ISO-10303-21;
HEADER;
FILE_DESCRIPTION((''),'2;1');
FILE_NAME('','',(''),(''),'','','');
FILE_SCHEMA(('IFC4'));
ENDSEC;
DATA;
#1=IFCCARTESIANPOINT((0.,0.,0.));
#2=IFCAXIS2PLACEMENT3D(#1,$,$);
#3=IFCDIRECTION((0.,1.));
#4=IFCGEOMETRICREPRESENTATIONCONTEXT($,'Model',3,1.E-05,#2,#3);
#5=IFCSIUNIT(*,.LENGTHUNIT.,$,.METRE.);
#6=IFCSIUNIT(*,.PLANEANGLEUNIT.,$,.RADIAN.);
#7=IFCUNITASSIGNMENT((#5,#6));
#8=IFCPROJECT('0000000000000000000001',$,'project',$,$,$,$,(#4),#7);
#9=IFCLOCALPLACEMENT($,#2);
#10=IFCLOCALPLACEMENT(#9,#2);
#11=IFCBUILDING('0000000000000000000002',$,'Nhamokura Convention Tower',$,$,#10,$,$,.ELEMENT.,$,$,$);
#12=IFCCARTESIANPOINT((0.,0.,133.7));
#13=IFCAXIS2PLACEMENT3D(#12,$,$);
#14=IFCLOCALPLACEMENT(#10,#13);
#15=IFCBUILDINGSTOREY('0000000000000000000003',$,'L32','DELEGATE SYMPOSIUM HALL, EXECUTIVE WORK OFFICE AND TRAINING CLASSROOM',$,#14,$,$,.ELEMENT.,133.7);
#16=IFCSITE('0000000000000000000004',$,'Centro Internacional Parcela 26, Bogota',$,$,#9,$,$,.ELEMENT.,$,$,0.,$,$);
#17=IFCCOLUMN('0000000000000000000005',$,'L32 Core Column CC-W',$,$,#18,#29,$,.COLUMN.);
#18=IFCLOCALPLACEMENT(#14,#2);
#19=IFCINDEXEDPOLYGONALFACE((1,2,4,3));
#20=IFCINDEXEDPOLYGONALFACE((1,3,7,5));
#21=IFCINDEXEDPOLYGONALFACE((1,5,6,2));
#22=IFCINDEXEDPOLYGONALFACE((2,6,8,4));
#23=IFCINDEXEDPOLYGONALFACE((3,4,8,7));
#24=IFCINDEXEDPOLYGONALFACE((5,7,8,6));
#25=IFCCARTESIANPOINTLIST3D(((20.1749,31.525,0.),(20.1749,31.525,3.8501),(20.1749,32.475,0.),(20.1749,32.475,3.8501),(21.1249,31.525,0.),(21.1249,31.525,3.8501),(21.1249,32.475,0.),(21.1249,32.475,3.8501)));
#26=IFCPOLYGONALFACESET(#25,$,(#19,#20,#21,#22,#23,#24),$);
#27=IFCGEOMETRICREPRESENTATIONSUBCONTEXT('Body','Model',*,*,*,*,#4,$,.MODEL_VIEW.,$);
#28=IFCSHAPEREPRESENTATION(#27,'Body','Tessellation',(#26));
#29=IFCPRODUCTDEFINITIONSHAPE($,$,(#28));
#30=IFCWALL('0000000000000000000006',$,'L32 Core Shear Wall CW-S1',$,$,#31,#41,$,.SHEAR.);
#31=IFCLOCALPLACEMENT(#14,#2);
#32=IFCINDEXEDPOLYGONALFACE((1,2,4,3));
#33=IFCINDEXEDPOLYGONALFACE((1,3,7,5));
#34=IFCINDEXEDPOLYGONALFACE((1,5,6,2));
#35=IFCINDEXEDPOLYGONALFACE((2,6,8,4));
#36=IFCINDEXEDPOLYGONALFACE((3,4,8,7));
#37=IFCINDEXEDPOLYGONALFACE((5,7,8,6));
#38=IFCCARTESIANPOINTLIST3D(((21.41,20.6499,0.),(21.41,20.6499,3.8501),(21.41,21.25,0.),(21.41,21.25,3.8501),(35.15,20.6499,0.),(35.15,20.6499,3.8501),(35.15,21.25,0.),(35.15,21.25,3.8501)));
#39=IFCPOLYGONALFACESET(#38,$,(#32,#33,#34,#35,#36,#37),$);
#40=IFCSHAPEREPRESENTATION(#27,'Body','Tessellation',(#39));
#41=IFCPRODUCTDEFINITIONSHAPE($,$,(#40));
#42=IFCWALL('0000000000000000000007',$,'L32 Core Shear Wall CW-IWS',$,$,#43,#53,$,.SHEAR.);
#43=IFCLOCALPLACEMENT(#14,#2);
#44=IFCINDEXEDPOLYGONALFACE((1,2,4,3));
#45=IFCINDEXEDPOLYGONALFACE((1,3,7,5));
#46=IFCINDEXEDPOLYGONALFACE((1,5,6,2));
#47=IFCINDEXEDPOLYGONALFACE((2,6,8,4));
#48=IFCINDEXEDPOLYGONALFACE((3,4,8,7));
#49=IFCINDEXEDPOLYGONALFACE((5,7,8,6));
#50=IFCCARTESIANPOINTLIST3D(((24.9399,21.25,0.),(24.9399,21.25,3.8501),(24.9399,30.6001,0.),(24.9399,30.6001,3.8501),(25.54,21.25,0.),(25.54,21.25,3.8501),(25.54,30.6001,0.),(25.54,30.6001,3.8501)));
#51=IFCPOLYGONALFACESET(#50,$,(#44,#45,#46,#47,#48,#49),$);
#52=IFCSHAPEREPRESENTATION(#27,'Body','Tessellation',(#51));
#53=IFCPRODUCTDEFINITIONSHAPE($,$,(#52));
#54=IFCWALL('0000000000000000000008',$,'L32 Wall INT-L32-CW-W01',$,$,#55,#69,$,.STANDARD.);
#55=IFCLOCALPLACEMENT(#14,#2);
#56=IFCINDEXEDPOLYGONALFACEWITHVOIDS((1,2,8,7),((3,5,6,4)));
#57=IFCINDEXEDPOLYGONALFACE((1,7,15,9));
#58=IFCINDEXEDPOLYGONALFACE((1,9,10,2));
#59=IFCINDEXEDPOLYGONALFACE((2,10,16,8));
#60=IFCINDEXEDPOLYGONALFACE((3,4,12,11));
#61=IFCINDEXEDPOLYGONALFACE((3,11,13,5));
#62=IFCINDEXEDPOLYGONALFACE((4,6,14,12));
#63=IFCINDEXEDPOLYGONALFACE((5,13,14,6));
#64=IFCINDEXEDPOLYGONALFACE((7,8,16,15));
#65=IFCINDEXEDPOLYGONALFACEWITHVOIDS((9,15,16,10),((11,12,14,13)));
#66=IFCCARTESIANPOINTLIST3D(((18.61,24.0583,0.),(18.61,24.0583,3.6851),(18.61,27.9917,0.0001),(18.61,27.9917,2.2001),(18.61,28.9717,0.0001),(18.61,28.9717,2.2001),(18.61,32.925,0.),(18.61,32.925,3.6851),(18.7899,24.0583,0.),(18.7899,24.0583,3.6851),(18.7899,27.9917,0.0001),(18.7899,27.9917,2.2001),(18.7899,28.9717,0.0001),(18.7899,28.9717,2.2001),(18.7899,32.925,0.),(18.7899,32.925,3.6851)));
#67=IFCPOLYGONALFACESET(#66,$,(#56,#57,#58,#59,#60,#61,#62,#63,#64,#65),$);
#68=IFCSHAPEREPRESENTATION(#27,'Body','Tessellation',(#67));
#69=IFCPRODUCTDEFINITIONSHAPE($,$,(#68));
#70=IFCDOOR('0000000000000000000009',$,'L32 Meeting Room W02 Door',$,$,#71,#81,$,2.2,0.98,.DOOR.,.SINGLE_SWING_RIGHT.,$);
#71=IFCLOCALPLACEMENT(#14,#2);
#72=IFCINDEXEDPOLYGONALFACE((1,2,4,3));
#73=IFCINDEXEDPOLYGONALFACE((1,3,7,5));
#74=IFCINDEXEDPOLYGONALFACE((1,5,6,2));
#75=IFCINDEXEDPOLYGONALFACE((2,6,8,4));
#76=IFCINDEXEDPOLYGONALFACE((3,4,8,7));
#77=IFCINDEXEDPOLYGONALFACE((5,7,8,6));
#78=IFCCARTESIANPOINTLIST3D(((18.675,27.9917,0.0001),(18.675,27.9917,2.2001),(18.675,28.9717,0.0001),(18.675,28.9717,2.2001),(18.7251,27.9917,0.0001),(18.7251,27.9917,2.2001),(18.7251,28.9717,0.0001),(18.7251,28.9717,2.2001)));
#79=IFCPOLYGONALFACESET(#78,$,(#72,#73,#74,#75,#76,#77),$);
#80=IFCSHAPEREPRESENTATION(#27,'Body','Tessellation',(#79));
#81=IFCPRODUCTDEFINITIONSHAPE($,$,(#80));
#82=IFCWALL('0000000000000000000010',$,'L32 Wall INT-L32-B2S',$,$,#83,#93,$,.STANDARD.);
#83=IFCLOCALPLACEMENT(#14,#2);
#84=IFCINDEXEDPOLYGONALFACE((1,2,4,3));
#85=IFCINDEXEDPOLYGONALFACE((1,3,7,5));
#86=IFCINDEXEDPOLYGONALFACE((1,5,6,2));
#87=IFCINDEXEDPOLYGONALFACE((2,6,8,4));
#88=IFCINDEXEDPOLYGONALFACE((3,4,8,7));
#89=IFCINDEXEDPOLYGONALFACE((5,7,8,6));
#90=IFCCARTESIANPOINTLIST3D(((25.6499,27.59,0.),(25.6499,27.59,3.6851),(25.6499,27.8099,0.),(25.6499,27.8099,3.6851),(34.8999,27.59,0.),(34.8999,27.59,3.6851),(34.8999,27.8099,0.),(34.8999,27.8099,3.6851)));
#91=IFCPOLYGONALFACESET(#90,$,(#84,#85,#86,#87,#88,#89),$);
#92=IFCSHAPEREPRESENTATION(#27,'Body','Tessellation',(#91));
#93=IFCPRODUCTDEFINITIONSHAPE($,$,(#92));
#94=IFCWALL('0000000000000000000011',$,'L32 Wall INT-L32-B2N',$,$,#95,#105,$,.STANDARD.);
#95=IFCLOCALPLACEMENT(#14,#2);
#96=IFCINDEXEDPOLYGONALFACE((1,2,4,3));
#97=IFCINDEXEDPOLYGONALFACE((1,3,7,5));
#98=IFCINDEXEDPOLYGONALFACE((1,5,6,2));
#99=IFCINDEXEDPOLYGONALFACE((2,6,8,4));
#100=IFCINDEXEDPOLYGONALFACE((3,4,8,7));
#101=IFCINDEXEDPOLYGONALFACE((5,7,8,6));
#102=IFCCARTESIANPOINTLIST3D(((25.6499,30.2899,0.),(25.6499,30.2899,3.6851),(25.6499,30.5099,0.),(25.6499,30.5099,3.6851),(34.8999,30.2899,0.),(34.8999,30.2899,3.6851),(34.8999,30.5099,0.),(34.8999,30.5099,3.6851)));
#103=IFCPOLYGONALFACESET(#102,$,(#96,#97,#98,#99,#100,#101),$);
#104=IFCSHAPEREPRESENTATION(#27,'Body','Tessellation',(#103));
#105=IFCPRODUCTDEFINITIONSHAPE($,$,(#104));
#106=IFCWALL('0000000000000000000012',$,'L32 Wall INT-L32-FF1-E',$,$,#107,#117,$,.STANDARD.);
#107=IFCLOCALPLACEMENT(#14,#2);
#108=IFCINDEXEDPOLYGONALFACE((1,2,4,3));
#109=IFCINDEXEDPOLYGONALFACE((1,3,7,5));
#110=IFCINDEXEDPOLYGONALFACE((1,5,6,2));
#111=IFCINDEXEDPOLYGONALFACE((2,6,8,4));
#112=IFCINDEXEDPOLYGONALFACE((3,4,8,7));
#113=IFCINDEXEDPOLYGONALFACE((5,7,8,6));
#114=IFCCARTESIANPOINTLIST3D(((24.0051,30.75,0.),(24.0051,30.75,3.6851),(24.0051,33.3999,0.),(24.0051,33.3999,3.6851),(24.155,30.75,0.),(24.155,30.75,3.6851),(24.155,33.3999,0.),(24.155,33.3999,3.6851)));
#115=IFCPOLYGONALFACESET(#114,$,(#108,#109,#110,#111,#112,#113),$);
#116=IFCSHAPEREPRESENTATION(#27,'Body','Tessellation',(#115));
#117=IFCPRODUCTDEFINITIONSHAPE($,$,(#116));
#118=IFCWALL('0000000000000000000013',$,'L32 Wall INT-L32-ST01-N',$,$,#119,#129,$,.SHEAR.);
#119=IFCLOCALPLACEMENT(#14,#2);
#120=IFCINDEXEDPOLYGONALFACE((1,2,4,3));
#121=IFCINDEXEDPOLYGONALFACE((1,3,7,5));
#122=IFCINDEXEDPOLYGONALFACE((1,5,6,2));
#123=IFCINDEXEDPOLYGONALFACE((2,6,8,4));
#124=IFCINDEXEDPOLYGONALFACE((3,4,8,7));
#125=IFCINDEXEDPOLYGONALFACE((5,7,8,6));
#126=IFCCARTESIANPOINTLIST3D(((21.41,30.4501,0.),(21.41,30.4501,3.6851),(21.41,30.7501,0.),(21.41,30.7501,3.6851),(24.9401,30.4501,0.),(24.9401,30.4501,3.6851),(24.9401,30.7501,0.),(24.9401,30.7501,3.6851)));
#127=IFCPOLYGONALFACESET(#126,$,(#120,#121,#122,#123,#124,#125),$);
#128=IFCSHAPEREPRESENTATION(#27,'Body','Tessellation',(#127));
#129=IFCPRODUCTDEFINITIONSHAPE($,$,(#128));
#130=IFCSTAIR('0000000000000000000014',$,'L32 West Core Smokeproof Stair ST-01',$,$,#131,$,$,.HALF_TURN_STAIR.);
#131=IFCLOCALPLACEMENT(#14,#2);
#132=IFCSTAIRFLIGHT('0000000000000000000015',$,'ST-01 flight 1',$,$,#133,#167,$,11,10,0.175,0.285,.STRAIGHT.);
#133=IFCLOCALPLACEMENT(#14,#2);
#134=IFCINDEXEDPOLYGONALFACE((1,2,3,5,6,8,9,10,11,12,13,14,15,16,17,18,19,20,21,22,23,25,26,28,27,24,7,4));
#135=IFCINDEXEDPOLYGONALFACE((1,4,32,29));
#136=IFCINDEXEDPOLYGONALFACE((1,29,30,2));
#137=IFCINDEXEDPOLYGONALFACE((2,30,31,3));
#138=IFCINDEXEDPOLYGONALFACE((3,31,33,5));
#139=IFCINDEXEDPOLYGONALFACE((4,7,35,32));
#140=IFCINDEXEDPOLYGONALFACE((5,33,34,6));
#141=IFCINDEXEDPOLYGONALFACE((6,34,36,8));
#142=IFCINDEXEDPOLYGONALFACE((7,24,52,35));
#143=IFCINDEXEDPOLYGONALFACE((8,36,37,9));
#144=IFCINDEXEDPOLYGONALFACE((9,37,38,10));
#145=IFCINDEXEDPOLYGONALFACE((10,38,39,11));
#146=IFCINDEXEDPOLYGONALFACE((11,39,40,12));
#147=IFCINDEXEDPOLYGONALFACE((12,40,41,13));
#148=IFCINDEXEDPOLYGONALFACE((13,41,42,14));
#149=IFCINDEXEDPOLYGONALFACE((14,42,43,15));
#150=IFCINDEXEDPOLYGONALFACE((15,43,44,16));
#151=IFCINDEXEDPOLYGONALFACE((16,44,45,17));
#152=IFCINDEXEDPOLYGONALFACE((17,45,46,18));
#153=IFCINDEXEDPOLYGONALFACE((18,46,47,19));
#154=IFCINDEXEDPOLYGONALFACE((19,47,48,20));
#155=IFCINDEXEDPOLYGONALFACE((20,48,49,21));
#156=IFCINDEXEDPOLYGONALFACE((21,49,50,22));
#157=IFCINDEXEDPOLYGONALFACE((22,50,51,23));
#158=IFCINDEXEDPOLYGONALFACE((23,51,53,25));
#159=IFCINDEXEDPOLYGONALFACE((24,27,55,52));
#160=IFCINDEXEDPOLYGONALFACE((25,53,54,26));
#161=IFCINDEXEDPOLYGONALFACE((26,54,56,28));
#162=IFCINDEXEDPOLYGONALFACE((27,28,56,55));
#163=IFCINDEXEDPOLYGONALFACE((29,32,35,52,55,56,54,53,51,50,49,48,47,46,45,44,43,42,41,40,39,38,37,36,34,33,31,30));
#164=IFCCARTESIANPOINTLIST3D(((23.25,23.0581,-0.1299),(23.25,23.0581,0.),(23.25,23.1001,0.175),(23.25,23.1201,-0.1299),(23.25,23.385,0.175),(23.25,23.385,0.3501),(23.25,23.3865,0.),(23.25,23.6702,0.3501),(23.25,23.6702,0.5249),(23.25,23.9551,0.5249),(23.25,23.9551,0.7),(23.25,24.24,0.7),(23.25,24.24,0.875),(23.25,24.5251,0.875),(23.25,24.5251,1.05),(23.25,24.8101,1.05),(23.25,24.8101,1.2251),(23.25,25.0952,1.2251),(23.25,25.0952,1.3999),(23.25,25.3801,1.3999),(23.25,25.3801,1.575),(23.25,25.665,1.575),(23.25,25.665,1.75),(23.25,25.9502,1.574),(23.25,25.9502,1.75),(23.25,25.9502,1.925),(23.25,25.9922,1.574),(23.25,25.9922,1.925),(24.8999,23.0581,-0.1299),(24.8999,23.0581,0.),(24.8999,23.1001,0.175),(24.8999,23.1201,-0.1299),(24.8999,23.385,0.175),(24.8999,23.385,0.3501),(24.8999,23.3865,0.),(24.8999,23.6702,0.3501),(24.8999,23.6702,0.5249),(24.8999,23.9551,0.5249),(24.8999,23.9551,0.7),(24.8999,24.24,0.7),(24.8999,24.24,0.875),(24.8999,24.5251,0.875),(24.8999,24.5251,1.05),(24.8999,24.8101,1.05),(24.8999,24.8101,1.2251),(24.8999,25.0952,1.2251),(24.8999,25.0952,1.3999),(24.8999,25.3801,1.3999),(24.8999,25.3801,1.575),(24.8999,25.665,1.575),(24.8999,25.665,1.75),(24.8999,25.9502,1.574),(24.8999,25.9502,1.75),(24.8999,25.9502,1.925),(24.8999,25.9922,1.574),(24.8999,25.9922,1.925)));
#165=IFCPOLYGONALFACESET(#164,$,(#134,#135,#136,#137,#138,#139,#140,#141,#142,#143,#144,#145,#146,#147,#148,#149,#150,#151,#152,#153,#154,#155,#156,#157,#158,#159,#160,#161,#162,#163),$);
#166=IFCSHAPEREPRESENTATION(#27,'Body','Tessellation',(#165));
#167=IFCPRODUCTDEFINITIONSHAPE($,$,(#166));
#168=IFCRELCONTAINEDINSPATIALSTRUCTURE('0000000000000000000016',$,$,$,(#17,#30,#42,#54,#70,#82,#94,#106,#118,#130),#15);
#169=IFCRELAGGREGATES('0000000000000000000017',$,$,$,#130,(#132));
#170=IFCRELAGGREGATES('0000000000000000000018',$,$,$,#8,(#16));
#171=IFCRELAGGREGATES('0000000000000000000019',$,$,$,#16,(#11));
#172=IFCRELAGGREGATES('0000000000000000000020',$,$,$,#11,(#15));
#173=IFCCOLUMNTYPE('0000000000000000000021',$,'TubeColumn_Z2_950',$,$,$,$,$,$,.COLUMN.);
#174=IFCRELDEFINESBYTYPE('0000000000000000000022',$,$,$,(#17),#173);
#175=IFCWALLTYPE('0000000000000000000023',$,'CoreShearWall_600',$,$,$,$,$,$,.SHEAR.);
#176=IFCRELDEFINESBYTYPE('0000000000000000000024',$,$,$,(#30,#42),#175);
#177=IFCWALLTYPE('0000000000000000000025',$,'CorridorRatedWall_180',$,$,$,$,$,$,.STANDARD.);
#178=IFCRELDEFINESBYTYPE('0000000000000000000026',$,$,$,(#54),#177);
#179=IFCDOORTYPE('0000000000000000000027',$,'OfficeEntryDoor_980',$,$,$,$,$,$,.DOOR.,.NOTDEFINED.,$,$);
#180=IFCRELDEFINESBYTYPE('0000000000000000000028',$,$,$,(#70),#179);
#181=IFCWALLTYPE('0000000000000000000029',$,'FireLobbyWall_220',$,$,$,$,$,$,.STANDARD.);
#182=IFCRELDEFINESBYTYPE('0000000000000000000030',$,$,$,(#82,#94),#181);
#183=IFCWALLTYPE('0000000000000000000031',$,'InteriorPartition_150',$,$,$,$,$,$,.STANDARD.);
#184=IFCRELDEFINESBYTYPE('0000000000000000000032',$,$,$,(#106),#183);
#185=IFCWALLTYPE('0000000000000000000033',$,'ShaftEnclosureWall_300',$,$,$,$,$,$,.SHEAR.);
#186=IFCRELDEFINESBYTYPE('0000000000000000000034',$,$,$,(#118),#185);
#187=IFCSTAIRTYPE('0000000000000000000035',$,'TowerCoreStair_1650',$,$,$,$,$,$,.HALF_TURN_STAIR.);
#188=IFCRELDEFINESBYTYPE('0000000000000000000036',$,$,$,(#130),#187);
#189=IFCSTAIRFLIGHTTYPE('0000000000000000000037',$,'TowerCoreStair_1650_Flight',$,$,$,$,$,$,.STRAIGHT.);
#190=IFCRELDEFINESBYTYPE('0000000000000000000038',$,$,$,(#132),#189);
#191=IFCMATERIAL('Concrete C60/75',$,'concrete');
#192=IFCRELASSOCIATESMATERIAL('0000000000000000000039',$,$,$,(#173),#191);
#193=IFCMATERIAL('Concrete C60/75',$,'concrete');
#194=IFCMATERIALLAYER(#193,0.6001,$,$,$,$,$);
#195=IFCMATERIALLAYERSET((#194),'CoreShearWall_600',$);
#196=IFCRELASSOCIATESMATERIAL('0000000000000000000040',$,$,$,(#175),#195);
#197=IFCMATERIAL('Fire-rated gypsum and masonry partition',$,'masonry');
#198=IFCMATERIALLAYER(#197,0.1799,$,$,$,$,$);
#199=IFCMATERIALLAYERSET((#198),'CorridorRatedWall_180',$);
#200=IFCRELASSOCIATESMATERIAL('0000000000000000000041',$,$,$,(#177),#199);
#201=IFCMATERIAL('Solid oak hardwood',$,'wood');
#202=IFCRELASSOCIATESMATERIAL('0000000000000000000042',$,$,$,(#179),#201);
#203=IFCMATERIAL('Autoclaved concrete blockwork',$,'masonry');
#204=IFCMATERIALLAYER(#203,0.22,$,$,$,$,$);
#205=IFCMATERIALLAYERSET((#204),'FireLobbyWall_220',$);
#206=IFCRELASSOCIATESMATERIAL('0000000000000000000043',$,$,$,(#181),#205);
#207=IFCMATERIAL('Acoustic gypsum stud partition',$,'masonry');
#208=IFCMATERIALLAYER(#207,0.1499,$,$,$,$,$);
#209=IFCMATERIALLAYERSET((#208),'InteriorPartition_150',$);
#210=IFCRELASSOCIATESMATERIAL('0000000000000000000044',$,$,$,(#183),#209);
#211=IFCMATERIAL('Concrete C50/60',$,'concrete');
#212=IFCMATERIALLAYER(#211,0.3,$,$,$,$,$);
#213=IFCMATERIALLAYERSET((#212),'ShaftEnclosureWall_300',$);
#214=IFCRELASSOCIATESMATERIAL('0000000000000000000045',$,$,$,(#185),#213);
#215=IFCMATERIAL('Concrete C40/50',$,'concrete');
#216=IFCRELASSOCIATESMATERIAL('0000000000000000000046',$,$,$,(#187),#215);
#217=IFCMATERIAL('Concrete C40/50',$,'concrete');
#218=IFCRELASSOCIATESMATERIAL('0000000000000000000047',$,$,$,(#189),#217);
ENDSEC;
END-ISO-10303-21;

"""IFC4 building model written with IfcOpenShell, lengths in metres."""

from ifc_helpers import new_model, si_unit, direction, frame, frame_2d, origin, origin_2d, place, context, subcontext, project, spatial, polyline, rectangle, outline, extrude, material, layer, layer_set, material_profile, profile_set, type_object, element, fill, aggregate, save


model = new_model("IFC4")

# Units and contexts
model_context = context("Model", 3, precision=1e-05, world=origin(), true_north=direction((0.0, 1.0)))
body_context = subcontext(model_context, "Body", "Model", "MODEL_VIEW")
ifc_project = project(units=[si_unit("LENGTHUNIT", "METRE"), si_unit("PLANEANGLEUNIT", "RADIAN")], contexts=[model_context])

# Site, building, storey
site_placement = place(None, origin())
site = spatial("IfcSite", under=ifc_project, at=site_placement, Name="Centro Internacional Parcela 26, Bogota", CompositionType="ELEMENT", RefElevation=0.0)
building_placement = place(site_placement, origin())
building = spatial("IfcBuilding", under=site, at=building_placement, Name="Nhamokura Convention Tower", CompositionType="ELEMENT")
storey_placement = place(building_placement, frame((0.0, 0.0, 133.7)))
storey = spatial("IfcBuildingStorey", under=building, at=storey_placement, Name="L32", Description="DELEGATE SYMPOSIUM HALL, EXECUTIVE WORK OFFICE AND TRAINING CLASSROOM", CompositionType="ELEMENT", Elevation=133.7)

# Column
ifc_material_1 = material(Name="Concrete C60/75", Category="concrete")
ifc_material_profile = material_profile(ifc_material_1, rectangle(XDim=0.95, YDim=0.95, at=origin_2d()))
ifc_profile_set = profile_set([ifc_material_profile], Name="Concrete C60/75")
column_type = type_object("IfcColumnType", Name="TubeColumn_Z2_950", PredefinedType="COLUMN", material=ifc_profile_set)
column_placement = place(storey_placement, frame((20.6499, 32.0, 0.0), z_axis=(0.0, 0.0, 1.0), x_axis=(1.0, 0.0, 0.0)))
element("IfcColumn", 1, at=column_placement, inside=storey, type_object=column_type, Name="L32 Core Column CC-W", PredefinedType="COLUMN", context=body_context, shape_type="SweptSolid", body=[
    extrude(rectangle(XDim=0.95, YDim=0.95, at=origin_2d()), origin(), (0.0, 0.0, 1.0), 3.8501),
])

# Shared definitions
ifc_material_2 = material(Name="Concrete C60/75", Category="concrete")
ifc_layer_1 = layer(ifc_material_2, 0.6001)
ifc_layer_set_1 = layer_set([ifc_layer_1], Name="CoreShearWall_600")
wall_type_1 = type_object("IfcWallType", Name="CoreShearWall_600", PredefinedType="SHEAR", material=ifc_layer_set_1)

# Walls
wall_1_placement = place(storey_placement, frame((21.4099, 20.95, 0.0), z_axis=(0.0, 0.0, 1.0), x_axis=(1.0, 0.0, 0.0)))
element("IfcWall", 2, at=wall_1_placement, inside=storey, type_object=wall_type_1, Name="L32 Core Shear Wall CW-S1", PredefinedType="SHEAR", context=body_context, shape_type="SweptSolid", body=[
    extrude(rectangle(XDim=13.74, YDim=0.6001, at=frame_2d((6.8701, 0.0))), origin(), (0.0, 0.0, 1.0), 3.8501),
])
wall_2_placement = place(storey_placement, frame((25.24, 21.25, 0.0), z_axis=(0.0, 0.0, 1.0), x_axis=(0.0, 1.0, 0.0)))
element("IfcWall", 3, at=wall_2_placement, inside=storey, type_object=wall_type_1, Name="L32 Core Shear Wall CW-IWS", PredefinedType="SHEAR", context=body_context, shape_type="SweptSolid", body=[
    extrude(rectangle(XDim=9.3501, YDim=0.6001, at=frame_2d((4.675, 0.0))), origin(), (0.0, 0.0, 1.0), 3.8501),
])

# Wall, opening, door
ifc_material_3 = material(Name="Fire-rated gypsum and masonry partition", Category="masonry")
ifc_layer_2 = layer(ifc_material_3, 0.1799)
ifc_layer_set_2 = layer_set([ifc_layer_2], Name="CorridorRatedWall_180")
wall_type_2 = type_object("IfcWallType", Name="CorridorRatedWall_180", PredefinedType="STANDARD", material=ifc_layer_set_2)
wall_3_placement = place(storey_placement, frame((18.7, 24.0583, 0.0), z_axis=(0.0, 0.0, 1.0), x_axis=(0.0, 1.0, 0.0)))
wall_3 = element("IfcWall", 4, at=wall_3_placement, inside=storey, type_object=wall_type_2, Name="L32 Wall INT-L32-CW-W01", PredefinedType="STANDARD", context=body_context, shape_type="SweptSolid", body=[
    extrude(rectangle(XDim=8.8667, YDim=0.1799, at=frame_2d((4.4333, 0.0))), origin(), (0.0, 0.0, 1.0), 3.6851),
])
opening_1_placement = place(wall_3_placement, frame((3.9333, 0.0, 0.0)))
opening_1 = element("IfcOpeningElement", 5, at=opening_1_placement, cuts=wall_3, PredefinedType="OPENING", context=body_context, shape_type="SweptSolid", body=[
    extrude(rectangle(XDim=0.98, YDim=2.2, at=frame_2d((0.49, 1.1001))), frame((0.0, 0.0999, 0.0), z_axis=(0.0, -1.0, 0.0), x_axis=(1.0, 0.0, 0.0)), (0.0, 0.0, 1.0), 0.2),
])
ifc_material_4 = material(Name="Solid oak hardwood", Category="wood")
door_type_1 = type_object("IfcDoorType", Name="OfficeEntryDoor_980", OperationType="NOTDEFINED", PredefinedType="DOOR", material=ifc_material_4)
door_1_placement = place(opening_1_placement, origin())
door_1 = element("IfcDoor", 6, at=door_1_placement, inside=storey, type_object=door_type_1, Name="L32 Meeting Room W02 Door", OperationType="SINGLE_SWING_RIGHT", OverallHeight=2.2, OverallWidth=0.98, PredefinedType="DOOR", context=body_context, shape_type="SweptSolid", body=[
    extrude(rectangle(XDim=0.98, YDim=2.2, at=frame_2d((0.49, 1.1001))), frame((0.0, 0.0249, 0.0), z_axis=(0.0, -1.0, 0.0), x_axis=(1.0, 0.0, 0.0)), (0.0, 0.0, 1.0), 0.05),
])
fill(opening_1, door_1)

# Shared definitions
ifc_material_5 = material(Name="Autoclaved concrete blockwork", Category="masonry")
ifc_layer_3 = layer(ifc_material_5, 0.22)
ifc_layer_set_3 = layer_set([ifc_layer_3], Name="FireLobbyWall_220")
wall_type_3 = type_object("IfcWallType", Name="FireLobbyWall_220", PredefinedType="STANDARD", material=ifc_layer_set_3)

# Walls
for number, where, z_axis, x_axis, name in (
    (7, (25.6499, 27.7, 0.0), (0.0, 0.0, 1.0), (1.0, 0.0, 0.0), "L32 Wall INT-L32-B2S"),
    (8, (25.6499, 30.3999, 0.0), (0.0, 0.0, 1.0), (1.0, 0.0, 0.0), "L32 Wall INT-L32-B2N"),
):
    element("IfcWall", number, at=place(storey_placement, frame(where, z_axis=z_axis, x_axis=x_axis)), inside=storey, type_object=wall_type_3, Name=name, PredefinedType="STANDARD", context=body_context, shape_type="SweptSolid", body=[
        extrude(rectangle(XDim=9.25, YDim=0.22, at=frame_2d((4.625, 0.0))), origin(), (0.0, 0.0, 1.0), 3.6851),
    ])
ifc_material_6 = material(Name="Acoustic gypsum stud partition", Category="masonry")
ifc_layer_4 = layer(ifc_material_6, 0.1499)
ifc_layer_set_4 = layer_set([ifc_layer_4], Name="InteriorPartition_150")
wall_type_4 = type_object("IfcWallType", Name="InteriorPartition_150", PredefinedType="STANDARD", material=ifc_layer_set_4)
wall_4_placement = place(storey_placement, frame((24.0801, 30.75, 0.0), z_axis=(0.0, 0.0, 1.0), x_axis=(0.0, 1.0, 0.0)))
element("IfcWall", 9, at=wall_4_placement, inside=storey, type_object=wall_type_4, Name="L32 Wall INT-L32-FF1-E", PredefinedType="STANDARD", context=body_context, shape_type="SweptSolid", body=[
    extrude(rectangle(XDim=2.6499, YDim=0.1499, at=frame_2d((1.325, 0.0))), origin(), (0.0, 0.0, 1.0), 3.6851),
])
ifc_material_7 = material(Name="Concrete C50/60", Category="concrete")
ifc_layer_5 = layer(ifc_material_7, 0.3)
ifc_layer_set_5 = layer_set([ifc_layer_5], Name="ShaftEnclosureWall_300")
wall_type_5 = type_object("IfcWallType", Name="ShaftEnclosureWall_300", PredefinedType="SHEAR", material=ifc_layer_set_5)
wall_5_placement = place(storey_placement, frame((21.4099, 30.6001, 0.0), z_axis=(0.0, 0.0, 1.0), x_axis=(1.0, 0.0, 0.0)))
element("IfcWall", 10, at=wall_5_placement, inside=storey, type_object=wall_type_5, Name="L32 Wall INT-L32-ST01-N", PredefinedType="SHEAR", context=body_context, shape_type="SweptSolid", body=[
    extrude(rectangle(XDim=3.53, YDim=0.3, at=frame_2d((1.7651, 0.0))), origin(), (0.0, 0.0, 1.0), 3.6851),
])

# Stair, stair flight
ifc_material_8 = material(Name="Concrete C40/50", Category="concrete")
stair_type = type_object("IfcStairType", Name="TowerCoreStair_1650", PredefinedType="HALF_TURN_STAIR", material=ifc_material_8)
stair_placement = place(storey_placement, origin())
stair = element("IfcStair", 11, at=stair_placement, inside=storey, type_object=stair_type, Name="L32 West Core Smokeproof Stair ST-01", PredefinedType="HALF_TURN_STAIR")
ifc_material_9 = material(Name="Concrete C40/50", Category="concrete")
stair_flight_type = type_object("IfcStairFlightType", Name="TowerCoreStair_1650_Flight", PredefinedType="STRAIGHT", material=ifc_material_9)
stair_flight_1_placement = place(storey_placement, frame((24.075, 23.1001, 0.0), z_axis=(0.0, 0.0, 1.0), x_axis=(0.0, 1.0, 0.0)))
stair_flight_1 = element("IfcStairFlight", 12, at=stair_flight_1_placement, type_object=stair_flight_type, Name="ST-01 flight 1", NumberOfRisers=11, NumberOfTreads=10, PredefinedType="STRAIGHT", RiserHeight=0.175, TreadLength=0.285, context=body_context, shape_type="SweptSolid", body=[
    extrude(outline(polyline([(-0.042, 0.0), (0.0, 0.175), (0.2849, 0.175), (0.2849, 0.3501), (0.5701, 0.3501), (0.5701, 0.5249), (0.855, 0.5249), (0.855, 0.7), (1.1399, 0.7), (1.1399, 0.875), (1.425, 0.875), (1.425, 1.05), (1.71, 1.05), (1.71, 1.2251), (1.9951, 1.2251), (1.9951, 1.3999), (2.28, 1.3999), (2.28, 1.575), (2.5649, 1.575), (2.5649, 1.75), (2.8501, 1.75), (2.8501, 1.925), (2.8921, 1.925), (2.8921, 1.574), (2.8501, 1.574), (0.2864, 0.0), (0.02, -0.1299), (-0.042, -0.1299), (-0.042, 0.0)])), frame((0.0, 0.825, 0.0), z_axis=(0.0, -1.0, 0.0), x_axis=(1.0, 0.0, 0.0)), (0.0, 0.0, 1.0), 1.6499),
])
aggregate(stair, [stair_flight_1])

save(model, "model.ifc")
